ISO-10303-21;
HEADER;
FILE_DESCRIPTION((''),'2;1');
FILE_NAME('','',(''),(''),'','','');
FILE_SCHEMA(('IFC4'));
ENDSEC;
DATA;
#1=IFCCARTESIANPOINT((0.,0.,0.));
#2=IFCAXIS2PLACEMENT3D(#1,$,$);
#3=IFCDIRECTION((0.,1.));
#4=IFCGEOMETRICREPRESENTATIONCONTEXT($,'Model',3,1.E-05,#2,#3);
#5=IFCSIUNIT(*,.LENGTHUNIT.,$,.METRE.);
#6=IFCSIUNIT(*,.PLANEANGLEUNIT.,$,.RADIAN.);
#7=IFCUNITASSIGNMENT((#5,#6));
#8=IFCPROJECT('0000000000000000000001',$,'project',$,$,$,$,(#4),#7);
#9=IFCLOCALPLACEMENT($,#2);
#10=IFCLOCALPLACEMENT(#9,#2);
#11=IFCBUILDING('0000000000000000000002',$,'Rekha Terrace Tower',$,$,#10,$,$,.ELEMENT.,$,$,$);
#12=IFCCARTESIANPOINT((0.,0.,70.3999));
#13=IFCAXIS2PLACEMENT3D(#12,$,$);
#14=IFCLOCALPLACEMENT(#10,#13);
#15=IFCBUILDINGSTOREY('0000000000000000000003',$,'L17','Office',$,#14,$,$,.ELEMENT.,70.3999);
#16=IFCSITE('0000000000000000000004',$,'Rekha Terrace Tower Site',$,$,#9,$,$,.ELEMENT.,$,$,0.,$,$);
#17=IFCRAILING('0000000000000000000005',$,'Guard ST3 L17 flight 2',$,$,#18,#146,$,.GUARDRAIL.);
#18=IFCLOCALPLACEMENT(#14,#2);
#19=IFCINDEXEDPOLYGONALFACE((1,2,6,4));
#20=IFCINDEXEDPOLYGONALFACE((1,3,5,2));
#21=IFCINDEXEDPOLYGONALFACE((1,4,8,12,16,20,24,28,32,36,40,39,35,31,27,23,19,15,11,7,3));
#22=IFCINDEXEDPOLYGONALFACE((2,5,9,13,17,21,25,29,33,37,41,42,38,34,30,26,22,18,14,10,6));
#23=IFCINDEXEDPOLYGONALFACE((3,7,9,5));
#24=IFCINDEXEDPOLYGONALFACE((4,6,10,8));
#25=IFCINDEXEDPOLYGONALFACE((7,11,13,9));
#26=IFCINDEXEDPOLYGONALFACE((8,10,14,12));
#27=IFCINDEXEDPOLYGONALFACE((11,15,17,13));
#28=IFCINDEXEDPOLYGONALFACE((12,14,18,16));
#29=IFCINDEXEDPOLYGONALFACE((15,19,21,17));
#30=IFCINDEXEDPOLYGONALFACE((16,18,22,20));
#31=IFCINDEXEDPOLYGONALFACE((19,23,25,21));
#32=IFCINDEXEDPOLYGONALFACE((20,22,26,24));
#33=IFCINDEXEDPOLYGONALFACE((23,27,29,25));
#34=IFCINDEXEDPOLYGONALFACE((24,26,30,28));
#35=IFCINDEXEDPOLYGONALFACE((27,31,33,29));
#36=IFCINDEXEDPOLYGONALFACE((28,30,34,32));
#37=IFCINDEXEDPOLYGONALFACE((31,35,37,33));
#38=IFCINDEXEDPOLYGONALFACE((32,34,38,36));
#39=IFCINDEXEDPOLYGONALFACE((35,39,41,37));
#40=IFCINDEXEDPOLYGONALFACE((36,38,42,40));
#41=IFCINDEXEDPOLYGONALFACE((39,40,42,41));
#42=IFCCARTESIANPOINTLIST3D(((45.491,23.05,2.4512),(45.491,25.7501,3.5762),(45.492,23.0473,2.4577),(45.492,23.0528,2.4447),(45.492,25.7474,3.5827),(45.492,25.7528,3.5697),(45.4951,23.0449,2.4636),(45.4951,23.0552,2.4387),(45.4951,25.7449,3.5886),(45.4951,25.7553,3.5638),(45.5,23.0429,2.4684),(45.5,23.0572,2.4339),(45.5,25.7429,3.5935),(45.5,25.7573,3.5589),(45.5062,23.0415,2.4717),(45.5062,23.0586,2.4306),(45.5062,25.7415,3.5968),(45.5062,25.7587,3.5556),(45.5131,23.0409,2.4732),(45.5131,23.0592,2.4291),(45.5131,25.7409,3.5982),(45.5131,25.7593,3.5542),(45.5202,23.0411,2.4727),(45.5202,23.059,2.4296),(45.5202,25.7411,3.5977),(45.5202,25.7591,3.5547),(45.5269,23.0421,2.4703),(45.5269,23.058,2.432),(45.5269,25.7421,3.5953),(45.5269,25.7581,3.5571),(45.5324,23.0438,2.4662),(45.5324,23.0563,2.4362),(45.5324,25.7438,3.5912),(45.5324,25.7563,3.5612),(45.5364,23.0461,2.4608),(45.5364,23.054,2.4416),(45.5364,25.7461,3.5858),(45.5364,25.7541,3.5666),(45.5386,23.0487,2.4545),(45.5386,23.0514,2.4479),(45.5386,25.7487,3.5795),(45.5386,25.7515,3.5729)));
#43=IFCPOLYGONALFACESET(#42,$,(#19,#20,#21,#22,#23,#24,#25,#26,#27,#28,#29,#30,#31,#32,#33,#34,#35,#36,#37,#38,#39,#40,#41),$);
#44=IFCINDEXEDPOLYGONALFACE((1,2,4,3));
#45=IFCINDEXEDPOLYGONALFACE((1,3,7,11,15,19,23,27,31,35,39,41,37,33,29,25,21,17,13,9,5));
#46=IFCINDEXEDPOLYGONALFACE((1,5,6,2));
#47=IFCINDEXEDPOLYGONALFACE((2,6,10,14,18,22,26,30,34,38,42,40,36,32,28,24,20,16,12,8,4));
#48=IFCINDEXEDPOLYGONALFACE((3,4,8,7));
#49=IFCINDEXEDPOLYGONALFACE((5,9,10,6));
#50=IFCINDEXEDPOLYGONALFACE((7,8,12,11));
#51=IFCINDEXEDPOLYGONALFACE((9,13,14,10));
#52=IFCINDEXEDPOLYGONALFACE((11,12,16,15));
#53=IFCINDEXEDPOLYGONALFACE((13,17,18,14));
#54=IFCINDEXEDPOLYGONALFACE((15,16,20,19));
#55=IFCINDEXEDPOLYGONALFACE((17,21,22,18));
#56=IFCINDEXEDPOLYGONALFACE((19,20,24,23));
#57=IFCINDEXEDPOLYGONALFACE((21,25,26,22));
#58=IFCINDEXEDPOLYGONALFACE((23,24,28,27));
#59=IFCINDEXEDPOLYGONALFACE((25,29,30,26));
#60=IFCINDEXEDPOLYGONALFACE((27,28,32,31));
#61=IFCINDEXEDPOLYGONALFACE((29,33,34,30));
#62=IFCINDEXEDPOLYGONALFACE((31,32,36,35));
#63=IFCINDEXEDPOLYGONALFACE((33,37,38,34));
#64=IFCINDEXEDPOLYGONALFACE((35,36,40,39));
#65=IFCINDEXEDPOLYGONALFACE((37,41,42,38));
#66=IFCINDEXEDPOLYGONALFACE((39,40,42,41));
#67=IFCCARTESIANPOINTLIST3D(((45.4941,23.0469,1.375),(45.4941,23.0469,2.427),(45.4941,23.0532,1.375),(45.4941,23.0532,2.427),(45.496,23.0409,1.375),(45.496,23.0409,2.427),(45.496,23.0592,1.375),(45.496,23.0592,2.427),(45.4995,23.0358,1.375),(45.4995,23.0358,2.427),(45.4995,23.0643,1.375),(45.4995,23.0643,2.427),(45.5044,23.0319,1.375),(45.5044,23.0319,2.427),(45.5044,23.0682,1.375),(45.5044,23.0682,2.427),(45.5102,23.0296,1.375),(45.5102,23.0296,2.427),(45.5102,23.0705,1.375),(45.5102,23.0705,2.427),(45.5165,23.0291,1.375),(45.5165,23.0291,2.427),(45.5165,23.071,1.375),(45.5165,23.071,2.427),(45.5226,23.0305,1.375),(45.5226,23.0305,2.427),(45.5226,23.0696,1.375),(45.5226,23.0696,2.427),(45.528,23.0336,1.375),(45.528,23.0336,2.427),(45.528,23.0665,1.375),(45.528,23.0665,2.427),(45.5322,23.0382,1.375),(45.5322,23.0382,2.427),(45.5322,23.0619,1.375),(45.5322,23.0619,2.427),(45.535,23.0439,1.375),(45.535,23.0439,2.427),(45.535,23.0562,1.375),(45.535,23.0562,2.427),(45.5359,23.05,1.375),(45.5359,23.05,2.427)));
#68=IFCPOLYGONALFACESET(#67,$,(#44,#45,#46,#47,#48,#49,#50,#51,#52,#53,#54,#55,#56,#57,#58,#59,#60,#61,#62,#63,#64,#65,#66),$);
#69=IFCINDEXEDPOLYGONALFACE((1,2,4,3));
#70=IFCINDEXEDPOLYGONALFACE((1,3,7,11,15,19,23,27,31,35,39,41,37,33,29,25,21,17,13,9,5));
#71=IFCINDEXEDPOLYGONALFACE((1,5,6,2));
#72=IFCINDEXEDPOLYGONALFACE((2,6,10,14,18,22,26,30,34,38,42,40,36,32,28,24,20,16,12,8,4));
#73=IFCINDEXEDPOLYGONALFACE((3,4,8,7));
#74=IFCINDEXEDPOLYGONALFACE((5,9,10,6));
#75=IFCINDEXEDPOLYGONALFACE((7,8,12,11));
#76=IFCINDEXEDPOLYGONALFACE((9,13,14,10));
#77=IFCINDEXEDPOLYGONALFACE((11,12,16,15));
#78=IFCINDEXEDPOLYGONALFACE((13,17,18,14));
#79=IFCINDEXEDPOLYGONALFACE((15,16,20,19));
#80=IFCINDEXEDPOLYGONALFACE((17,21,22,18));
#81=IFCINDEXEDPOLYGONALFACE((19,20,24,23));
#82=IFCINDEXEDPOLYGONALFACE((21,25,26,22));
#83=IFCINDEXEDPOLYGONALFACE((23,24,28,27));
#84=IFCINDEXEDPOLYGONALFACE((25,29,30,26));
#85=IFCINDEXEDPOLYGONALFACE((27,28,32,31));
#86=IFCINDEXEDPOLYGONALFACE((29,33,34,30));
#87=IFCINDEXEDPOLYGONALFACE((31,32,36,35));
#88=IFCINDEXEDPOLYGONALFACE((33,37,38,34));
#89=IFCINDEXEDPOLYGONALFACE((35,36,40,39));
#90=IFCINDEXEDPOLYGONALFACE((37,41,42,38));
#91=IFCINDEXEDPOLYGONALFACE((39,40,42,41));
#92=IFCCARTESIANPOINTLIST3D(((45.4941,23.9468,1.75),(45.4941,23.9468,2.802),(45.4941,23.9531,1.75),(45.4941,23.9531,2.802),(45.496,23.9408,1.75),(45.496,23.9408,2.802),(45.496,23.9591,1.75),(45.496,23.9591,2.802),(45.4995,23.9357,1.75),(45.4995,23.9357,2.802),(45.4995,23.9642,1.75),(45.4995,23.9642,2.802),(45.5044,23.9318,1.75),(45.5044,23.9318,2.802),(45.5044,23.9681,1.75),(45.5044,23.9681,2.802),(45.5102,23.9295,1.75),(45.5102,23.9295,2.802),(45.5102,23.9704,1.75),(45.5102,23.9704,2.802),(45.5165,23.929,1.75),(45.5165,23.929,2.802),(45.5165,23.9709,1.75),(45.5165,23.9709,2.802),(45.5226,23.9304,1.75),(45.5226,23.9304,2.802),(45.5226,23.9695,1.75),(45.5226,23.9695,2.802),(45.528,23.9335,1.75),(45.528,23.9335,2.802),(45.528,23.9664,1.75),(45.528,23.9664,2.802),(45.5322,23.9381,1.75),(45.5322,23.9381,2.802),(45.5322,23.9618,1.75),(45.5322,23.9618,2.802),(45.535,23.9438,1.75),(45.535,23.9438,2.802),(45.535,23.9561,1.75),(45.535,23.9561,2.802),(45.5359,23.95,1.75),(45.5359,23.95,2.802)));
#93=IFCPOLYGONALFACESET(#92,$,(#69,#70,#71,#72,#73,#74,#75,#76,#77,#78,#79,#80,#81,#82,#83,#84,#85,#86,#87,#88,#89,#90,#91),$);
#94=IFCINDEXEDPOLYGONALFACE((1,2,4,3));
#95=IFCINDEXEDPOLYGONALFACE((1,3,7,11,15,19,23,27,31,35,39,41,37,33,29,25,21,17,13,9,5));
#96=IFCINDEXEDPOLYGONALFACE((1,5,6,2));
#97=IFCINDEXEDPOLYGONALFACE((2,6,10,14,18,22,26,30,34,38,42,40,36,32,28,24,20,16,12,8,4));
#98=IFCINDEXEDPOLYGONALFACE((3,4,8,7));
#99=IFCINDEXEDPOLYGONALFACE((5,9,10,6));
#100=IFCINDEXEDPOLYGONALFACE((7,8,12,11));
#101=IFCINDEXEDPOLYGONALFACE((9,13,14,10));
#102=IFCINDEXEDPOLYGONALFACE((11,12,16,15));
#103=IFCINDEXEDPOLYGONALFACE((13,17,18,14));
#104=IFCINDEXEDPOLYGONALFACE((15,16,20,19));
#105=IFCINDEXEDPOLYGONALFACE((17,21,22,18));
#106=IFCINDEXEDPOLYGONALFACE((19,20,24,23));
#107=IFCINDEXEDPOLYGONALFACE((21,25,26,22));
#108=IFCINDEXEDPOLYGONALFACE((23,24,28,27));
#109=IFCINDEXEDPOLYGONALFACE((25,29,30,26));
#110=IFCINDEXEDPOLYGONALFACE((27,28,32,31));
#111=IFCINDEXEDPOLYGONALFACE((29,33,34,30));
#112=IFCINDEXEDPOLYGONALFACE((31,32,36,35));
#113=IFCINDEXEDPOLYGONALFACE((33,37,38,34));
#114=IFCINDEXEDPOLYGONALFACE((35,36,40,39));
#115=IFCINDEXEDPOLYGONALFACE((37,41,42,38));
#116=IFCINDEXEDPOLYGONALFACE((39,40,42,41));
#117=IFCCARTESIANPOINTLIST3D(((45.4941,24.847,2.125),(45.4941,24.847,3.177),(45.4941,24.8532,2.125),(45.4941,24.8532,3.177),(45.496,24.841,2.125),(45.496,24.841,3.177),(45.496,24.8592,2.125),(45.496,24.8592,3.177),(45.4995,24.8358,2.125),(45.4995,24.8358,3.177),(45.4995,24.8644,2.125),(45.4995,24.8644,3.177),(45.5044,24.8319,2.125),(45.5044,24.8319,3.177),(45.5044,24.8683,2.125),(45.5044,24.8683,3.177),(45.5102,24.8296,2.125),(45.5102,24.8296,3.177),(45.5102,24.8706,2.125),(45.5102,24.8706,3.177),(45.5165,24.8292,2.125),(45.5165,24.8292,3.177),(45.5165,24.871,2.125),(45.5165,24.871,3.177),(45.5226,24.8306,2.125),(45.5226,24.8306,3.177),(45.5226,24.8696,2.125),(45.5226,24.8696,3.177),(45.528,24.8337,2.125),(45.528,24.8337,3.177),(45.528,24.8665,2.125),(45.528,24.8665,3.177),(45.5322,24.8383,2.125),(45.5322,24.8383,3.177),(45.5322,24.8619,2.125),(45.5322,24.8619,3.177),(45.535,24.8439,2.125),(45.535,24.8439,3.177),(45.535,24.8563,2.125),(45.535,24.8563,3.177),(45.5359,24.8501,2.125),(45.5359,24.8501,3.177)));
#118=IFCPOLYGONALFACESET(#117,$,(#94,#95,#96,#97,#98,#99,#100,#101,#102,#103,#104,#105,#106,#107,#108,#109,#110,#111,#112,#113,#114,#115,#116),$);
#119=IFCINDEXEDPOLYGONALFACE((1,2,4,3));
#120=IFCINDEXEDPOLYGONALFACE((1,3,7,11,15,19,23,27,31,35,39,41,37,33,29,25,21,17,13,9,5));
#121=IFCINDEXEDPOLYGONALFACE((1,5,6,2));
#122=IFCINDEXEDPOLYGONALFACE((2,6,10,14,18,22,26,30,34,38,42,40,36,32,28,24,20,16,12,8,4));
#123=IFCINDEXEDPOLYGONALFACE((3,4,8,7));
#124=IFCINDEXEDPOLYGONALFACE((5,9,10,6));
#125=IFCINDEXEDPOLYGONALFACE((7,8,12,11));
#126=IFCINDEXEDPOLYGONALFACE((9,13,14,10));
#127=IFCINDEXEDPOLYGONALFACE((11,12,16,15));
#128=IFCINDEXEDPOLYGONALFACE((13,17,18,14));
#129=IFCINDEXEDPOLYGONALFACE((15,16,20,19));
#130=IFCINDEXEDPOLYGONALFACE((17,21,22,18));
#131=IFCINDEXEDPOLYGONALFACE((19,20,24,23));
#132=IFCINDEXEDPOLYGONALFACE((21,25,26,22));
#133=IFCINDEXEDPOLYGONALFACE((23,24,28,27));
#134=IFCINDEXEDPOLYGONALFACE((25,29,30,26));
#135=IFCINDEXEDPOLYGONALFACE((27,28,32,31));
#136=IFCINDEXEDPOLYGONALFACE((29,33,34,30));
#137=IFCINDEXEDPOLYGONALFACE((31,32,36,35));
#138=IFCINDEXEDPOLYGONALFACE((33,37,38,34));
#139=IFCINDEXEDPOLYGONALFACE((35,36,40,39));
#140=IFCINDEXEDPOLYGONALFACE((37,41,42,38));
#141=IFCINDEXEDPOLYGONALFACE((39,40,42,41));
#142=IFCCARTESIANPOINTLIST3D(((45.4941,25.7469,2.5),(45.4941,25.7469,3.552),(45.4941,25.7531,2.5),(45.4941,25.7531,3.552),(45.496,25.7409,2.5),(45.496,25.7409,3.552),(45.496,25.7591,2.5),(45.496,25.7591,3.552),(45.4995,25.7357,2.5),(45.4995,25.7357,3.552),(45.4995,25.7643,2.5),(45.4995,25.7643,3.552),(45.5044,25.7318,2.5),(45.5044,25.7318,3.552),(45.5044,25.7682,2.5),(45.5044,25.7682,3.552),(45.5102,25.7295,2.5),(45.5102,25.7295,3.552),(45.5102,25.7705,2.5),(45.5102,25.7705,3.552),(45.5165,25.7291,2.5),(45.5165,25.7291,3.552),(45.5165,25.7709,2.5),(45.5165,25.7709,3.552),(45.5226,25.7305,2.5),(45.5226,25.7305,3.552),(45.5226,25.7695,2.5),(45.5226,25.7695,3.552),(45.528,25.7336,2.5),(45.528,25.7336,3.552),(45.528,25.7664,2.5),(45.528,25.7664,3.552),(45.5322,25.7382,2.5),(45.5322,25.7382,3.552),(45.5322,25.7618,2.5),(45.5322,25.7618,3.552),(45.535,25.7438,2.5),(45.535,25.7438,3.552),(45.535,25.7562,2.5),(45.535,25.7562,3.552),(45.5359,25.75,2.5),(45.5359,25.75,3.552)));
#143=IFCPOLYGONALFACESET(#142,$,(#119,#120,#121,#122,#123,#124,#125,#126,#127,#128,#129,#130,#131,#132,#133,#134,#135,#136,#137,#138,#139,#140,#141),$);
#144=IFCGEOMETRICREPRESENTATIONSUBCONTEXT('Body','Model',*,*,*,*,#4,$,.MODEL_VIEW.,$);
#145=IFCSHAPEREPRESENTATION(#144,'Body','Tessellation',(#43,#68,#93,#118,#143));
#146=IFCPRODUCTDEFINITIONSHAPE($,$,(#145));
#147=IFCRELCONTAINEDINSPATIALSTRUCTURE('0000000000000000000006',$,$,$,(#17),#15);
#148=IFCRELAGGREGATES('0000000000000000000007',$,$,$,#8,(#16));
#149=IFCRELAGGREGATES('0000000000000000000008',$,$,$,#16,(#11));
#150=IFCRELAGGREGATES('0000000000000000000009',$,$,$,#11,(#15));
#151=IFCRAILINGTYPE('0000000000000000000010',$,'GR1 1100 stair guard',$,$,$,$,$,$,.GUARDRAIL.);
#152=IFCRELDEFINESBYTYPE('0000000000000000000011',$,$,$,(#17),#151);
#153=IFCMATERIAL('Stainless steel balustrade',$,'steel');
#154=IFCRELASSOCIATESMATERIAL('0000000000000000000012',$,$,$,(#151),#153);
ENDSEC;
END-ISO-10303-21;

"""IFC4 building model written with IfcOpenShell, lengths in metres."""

from ifc_helpers import new_model, si_unit, direction, frame, origin, origin_2d, place, context, subcontext, project, spatial, circle, extrude, material, type_object, element, save


model = new_model("IFC4")

# Units and contexts
model_context = context("Model", 3, precision=1e-05, world=origin(), true_north=direction((0.0, 1.0)))
body_context = subcontext(model_context, "Body", "Model", "MODEL_VIEW")
ifc_project = project(units=[si_unit("LENGTHUNIT", "METRE"), si_unit("PLANEANGLEUNIT", "RADIAN")], contexts=[model_context])

# Site, building, storey
site_placement = place(None, origin())
site = spatial("IfcSite", under=ifc_project, at=site_placement, Name="Rekha Terrace Tower Site", CompositionType="ELEMENT", RefElevation=0.0)
building_placement = place(site_placement, origin())
building = spatial("IfcBuilding", under=site, at=building_placement, Name="Rekha Terrace Tower", CompositionType="ELEMENT")
storey_placement = place(building_placement, frame((0.0, 0.0, 70.3999)))
storey = spatial("IfcBuildingStorey", under=building, at=storey_placement, Name="L17", Description="Office", CompositionType="ELEMENT", Elevation=70.3999)

# Railing
ifc_material_1 = material(Name="Stainless steel balustrade", Category="steel")
railing_type_1 = type_object("IfcRailingType", Name="GR1 1100 stair guard", PredefinedType="GUARDRAIL", material=ifc_material_1)
railing_1_placement = place(storey_placement, frame((45.5149, 23.05, 1.375)))
element("IfcRailing", 1, at=railing_1_placement, inside=storey, type_object=railing_type_1, Name="Guard ST3 L17 flight 2", PredefinedType="GUARDRAIL", context=body_context, shape_type="SweptSolid", body=[
    extrude(circle(Radius=0.0239, at=origin_2d()), frame((0.0, 0.0, 1.0762), z_axis=(0.0, 0.923074, 0.384621), x_axis=(-1.0, 0.0, 0.0)), (0.0, 0.0, 1.0), 2.925),
    extrude(circle(Radius=0.021, at=origin_2d()), origin(), (0.0, 0.0, 1.0), 1.052),
    extrude(circle(Radius=0.021, at=origin_2d()), frame((0.0, 0.8999, 0.375)), (0.0, 0.0, 1.0), 1.052),
    extrude(circle(Radius=0.021, at=origin_2d()), frame((0.0, 1.8, 0.75)), (0.0, 0.0, 1.0), 1.052),
    extrude(circle(Radius=0.021, at=origin_2d()), frame((0.0, 2.7, 1.125)), (0.0, 0.0, 1.0), 1.052),
])

save(model, "model.ifc")
